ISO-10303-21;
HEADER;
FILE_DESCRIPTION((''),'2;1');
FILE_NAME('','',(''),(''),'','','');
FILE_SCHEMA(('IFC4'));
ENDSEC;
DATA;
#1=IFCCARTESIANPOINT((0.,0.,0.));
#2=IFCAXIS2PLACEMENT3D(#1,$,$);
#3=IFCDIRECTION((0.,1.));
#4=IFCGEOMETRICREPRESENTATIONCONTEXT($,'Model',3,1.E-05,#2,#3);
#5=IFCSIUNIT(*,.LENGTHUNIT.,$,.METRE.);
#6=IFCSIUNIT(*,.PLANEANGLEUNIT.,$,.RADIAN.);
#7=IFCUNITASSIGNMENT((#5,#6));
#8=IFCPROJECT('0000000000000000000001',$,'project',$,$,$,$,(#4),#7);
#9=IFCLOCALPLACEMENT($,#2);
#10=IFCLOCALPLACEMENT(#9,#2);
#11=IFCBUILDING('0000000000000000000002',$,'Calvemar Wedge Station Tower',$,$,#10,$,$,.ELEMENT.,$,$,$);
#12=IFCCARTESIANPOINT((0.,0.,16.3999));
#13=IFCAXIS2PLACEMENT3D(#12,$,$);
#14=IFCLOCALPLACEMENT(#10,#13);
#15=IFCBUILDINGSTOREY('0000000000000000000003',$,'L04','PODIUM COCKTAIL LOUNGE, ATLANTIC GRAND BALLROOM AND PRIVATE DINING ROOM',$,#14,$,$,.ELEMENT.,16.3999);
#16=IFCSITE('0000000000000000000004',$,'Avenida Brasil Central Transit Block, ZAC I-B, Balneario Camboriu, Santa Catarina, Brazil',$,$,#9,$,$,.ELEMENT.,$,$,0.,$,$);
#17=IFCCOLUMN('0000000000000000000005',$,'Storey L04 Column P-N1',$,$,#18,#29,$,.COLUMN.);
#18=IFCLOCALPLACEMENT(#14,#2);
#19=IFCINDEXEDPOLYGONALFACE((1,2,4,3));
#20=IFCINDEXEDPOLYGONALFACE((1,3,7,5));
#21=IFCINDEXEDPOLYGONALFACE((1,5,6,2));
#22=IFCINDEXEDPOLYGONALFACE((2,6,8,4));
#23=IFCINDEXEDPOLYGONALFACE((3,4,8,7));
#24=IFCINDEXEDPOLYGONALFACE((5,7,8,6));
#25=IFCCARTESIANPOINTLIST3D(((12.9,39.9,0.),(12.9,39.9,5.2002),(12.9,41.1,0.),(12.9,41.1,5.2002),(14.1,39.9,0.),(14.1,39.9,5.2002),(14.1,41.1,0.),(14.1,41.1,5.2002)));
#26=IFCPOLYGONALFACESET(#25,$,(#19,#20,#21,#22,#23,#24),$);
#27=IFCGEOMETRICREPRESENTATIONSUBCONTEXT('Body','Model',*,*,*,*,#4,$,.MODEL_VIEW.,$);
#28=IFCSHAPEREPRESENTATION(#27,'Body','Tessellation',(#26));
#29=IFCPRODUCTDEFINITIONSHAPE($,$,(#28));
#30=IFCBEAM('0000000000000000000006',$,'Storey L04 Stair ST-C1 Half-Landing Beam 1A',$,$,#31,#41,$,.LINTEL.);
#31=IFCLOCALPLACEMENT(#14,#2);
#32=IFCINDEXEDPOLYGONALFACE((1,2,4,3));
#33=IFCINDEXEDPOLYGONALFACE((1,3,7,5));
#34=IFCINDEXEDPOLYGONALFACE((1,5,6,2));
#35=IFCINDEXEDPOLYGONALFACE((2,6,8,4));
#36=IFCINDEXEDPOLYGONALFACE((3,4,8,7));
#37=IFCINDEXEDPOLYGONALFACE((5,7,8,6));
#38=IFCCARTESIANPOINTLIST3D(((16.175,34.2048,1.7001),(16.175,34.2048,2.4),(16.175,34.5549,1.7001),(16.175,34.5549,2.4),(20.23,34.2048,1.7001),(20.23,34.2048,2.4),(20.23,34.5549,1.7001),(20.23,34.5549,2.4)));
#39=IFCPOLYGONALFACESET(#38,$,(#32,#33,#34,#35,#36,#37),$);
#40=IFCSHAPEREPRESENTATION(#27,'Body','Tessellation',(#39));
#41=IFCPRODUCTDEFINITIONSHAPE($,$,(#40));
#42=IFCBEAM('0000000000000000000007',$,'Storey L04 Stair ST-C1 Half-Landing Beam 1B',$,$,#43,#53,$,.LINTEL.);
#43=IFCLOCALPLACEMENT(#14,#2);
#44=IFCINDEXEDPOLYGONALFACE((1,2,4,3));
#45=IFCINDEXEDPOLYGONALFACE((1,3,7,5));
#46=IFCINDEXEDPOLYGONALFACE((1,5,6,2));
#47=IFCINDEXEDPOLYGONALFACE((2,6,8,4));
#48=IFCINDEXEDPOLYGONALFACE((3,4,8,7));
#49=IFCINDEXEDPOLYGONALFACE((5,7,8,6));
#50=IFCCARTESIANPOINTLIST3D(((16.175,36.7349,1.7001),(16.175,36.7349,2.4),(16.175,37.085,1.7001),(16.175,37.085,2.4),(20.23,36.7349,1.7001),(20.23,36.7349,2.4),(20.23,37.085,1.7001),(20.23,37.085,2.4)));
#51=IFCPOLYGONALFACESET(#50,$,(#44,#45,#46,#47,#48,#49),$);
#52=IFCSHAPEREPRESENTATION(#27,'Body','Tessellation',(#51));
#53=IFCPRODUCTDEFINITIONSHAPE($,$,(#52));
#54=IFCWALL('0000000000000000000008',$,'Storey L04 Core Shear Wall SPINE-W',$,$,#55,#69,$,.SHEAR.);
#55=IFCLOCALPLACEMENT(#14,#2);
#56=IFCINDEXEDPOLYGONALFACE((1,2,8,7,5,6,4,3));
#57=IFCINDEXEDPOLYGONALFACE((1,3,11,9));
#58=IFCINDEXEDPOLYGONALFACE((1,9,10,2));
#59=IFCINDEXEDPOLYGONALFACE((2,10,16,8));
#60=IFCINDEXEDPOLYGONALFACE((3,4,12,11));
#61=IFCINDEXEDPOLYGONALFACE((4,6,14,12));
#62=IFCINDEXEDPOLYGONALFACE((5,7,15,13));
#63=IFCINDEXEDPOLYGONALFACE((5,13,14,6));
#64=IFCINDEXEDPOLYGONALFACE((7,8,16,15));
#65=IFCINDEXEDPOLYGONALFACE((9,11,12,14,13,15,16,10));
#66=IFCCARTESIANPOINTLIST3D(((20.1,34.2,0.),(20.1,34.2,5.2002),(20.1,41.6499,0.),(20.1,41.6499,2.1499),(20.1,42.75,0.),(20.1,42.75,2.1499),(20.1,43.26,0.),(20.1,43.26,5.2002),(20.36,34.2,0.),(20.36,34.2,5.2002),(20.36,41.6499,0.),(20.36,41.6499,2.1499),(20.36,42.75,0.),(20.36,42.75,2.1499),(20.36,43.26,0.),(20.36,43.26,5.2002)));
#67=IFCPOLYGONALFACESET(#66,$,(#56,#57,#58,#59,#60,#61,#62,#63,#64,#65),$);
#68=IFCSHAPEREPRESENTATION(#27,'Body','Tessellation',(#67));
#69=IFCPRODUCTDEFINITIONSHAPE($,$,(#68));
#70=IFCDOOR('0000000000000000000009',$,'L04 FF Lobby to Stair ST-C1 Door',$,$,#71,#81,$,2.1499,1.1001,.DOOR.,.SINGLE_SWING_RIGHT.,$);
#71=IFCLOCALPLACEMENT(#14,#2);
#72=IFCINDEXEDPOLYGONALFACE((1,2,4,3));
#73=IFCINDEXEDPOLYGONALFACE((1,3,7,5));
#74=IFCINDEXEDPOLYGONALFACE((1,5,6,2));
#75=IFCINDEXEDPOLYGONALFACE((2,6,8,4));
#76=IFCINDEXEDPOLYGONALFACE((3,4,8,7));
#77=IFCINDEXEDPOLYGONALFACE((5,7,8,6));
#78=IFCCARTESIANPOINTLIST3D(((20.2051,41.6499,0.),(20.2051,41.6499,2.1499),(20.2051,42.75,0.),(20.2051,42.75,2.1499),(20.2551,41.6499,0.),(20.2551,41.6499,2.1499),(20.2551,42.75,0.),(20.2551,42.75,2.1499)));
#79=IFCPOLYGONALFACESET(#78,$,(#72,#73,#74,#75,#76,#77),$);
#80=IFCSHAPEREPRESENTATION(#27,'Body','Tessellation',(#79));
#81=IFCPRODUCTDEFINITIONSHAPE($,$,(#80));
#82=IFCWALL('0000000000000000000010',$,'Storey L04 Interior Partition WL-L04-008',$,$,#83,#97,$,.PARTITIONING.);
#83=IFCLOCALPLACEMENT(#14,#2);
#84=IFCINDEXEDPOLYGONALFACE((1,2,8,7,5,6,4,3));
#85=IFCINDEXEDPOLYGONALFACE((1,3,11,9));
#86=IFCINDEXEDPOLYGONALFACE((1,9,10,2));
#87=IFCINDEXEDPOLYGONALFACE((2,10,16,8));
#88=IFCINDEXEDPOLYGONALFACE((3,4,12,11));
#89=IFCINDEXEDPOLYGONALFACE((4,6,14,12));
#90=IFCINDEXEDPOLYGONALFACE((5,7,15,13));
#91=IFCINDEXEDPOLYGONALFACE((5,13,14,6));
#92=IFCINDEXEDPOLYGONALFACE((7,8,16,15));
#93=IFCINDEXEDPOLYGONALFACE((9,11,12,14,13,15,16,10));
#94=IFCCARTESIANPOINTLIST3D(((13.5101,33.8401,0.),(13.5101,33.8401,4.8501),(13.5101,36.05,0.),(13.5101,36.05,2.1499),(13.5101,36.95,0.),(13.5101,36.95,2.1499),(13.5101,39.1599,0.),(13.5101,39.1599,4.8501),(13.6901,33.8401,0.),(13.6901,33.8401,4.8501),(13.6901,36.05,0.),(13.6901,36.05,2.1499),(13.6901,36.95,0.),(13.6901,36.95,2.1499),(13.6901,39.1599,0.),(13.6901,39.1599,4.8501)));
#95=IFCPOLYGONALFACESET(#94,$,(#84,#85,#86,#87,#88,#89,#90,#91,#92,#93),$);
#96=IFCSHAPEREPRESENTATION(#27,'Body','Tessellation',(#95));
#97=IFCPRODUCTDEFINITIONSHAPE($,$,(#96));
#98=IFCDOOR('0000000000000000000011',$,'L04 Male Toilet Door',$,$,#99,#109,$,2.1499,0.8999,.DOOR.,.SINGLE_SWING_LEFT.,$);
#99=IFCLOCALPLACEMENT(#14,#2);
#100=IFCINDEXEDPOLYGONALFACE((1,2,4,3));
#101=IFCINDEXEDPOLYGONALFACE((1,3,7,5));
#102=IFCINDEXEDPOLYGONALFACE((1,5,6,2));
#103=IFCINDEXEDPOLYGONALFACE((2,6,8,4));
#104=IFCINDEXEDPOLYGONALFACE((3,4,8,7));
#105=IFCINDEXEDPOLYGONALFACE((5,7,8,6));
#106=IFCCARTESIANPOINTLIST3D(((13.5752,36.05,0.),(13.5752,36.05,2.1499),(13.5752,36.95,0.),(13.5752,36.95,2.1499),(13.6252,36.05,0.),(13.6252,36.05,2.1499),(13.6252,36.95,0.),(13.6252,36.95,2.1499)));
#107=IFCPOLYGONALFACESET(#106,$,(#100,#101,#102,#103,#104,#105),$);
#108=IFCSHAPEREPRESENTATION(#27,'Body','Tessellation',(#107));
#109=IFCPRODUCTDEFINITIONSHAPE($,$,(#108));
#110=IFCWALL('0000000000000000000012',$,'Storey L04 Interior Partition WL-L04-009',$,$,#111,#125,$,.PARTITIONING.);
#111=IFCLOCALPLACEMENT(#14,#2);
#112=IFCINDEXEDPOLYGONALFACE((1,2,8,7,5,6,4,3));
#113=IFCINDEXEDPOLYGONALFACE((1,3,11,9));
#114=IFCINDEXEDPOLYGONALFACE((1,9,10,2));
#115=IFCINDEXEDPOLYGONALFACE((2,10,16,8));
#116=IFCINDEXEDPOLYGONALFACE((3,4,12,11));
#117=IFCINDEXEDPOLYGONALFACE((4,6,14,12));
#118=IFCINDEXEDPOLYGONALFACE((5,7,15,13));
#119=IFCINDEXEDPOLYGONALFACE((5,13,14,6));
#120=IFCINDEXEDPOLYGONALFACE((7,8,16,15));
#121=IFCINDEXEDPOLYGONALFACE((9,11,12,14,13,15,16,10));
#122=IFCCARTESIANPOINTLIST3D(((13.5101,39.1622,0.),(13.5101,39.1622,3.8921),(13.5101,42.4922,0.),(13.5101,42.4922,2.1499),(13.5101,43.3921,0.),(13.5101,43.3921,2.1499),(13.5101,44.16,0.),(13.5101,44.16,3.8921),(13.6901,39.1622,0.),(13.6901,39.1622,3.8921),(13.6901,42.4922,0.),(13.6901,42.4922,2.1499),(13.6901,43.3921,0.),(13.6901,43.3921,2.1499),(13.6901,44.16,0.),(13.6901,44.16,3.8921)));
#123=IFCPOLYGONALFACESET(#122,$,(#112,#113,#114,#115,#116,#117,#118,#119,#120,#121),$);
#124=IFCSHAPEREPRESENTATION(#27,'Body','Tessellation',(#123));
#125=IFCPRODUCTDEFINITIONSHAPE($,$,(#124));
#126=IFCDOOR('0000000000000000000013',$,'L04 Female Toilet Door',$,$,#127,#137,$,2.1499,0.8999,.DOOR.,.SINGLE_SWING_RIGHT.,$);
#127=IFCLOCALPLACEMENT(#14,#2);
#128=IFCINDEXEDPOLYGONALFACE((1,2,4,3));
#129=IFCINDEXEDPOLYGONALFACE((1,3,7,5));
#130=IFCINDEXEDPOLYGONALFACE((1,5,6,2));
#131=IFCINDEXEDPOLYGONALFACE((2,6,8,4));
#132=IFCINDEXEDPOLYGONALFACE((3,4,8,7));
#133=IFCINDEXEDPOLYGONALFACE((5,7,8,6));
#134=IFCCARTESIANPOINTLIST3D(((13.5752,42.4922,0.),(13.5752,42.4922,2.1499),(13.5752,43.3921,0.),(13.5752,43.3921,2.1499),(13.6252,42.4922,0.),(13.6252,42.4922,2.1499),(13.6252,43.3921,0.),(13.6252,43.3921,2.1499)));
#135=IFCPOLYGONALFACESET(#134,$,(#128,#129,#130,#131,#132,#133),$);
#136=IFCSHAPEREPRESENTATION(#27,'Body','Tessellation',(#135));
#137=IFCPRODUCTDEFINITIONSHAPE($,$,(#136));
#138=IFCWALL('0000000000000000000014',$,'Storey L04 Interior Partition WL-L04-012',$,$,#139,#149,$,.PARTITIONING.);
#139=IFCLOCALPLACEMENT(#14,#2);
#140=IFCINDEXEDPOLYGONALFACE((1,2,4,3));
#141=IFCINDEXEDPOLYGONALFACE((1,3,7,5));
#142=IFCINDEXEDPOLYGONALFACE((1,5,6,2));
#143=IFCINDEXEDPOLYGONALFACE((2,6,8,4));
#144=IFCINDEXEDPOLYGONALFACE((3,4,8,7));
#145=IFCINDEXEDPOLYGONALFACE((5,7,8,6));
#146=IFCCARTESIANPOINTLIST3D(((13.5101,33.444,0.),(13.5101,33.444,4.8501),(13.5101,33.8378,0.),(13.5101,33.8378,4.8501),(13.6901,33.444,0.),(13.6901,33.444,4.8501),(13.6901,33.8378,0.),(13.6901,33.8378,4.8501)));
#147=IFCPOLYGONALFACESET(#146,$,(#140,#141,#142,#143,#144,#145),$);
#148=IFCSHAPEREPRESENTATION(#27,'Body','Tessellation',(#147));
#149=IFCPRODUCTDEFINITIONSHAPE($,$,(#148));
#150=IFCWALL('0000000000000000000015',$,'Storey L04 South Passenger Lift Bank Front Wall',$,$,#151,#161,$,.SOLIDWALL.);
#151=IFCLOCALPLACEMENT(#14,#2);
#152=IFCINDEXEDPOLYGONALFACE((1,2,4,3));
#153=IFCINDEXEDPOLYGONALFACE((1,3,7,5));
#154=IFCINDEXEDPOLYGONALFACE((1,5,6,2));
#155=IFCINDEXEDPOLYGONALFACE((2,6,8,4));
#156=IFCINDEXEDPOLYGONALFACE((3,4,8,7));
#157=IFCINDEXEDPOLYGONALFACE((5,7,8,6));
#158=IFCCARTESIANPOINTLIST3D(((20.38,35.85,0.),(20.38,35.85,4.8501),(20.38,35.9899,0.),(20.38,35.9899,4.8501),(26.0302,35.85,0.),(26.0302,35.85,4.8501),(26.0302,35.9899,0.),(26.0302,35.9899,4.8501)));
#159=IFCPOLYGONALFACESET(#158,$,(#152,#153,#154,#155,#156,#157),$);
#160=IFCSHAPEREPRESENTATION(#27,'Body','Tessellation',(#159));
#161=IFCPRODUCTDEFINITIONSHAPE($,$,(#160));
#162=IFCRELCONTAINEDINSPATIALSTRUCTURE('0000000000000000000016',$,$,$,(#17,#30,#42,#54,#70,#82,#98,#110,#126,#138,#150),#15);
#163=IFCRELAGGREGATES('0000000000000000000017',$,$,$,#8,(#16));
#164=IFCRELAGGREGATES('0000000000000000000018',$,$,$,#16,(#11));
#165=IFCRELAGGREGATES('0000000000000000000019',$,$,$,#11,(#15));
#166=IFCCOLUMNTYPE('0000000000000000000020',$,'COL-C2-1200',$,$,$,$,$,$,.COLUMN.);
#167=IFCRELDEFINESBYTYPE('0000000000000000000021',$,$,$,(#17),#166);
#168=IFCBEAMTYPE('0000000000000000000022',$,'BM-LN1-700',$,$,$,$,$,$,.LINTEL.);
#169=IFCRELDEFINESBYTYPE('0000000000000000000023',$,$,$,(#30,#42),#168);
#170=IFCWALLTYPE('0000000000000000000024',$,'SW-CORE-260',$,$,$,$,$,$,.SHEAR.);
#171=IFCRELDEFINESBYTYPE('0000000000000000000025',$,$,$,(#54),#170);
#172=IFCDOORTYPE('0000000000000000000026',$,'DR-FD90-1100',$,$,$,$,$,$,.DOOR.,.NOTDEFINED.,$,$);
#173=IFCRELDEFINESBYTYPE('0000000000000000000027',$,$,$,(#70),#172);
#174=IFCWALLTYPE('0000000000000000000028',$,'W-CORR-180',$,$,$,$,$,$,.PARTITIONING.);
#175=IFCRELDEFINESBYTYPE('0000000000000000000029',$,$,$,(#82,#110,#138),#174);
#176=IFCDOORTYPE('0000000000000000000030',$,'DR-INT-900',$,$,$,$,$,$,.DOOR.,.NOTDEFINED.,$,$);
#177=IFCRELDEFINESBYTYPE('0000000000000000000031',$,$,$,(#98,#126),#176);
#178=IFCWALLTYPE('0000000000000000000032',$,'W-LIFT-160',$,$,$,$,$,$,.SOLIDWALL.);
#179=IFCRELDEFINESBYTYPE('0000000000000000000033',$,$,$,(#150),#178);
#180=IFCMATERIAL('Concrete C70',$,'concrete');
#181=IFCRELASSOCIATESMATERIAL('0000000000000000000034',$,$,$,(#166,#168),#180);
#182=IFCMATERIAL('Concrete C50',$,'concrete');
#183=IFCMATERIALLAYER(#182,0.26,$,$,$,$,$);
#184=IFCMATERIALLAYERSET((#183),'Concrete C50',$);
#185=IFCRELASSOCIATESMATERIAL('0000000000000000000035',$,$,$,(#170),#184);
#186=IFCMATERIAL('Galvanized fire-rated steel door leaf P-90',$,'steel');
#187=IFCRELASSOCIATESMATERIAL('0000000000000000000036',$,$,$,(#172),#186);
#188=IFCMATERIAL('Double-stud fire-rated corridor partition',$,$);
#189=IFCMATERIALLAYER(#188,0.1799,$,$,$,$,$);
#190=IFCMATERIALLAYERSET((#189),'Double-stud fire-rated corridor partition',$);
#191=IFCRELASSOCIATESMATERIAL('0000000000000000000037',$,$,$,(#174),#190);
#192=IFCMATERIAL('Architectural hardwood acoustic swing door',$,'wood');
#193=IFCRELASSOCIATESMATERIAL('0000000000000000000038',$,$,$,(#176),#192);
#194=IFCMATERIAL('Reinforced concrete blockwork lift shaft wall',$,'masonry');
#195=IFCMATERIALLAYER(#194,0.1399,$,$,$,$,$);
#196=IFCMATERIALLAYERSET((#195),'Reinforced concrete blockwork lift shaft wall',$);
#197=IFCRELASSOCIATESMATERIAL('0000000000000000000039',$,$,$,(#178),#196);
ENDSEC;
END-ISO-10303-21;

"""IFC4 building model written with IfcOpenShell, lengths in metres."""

from ifc_helpers import new_model, si_unit, direction, frame, frame_2d, origin, origin_2d, place, context, subcontext, project, spatial, rectangle, extrude, source, transform, mapped, material, layer, layer_set, material_profile, profile_set, type_object, element, fill, save


model = new_model("IFC4")

# Units and contexts
model_context = context("Model", 3, precision=1e-05, world=origin(), true_north=direction((0.0, 1.0)))
body_context = subcontext(model_context, "Body", "Model", "MODEL_VIEW")
ifc_project = project(units=[si_unit("LENGTHUNIT", "METRE"), si_unit("PLANEANGLEUNIT", "RADIAN")], contexts=[model_context])

# Site, building, storey
site_placement = place(None, origin())
site = spatial("IfcSite", under=ifc_project, at=site_placement, Name="Avenida Brasil Central Transit Block, ZAC I-B, Balneario Camboriu, Santa Catarina, Brazil", CompositionType="ELEMENT", RefElevation=0.0)
building_placement = place(site_placement, origin())
building = spatial("IfcBuilding", under=site, at=building_placement, Name="Calvemar Wedge Station Tower", CompositionType="ELEMENT")
storey_placement = place(building_placement, frame((0.0, 0.0, 16.3999)))
storey = spatial("IfcBuildingStorey", under=building, at=storey_placement, Name="L04", Description="PODIUM COCKTAIL LOUNGE, ATLANTIC GRAND BALLROOM AND PRIVATE DINING ROOM", CompositionType="ELEMENT", Elevation=16.3999)

# Column
ifc_material_1 = material(Name="Concrete C70", Category="concrete")
ifc_material_profile_1 = material_profile(ifc_material_1, rectangle(XDim=1.2, YDim=1.2, at=origin_2d()), Name="RC1200x1200")
ifc_profile_set_1 = profile_set([ifc_material_profile_1], Name="Concrete C70")
column_type = type_object("IfcColumnType", Name="COL-C2-1200", PredefinedType="COLUMN", material=ifc_profile_set_1)
shared_shape_1 = source(origin(), body_context, "Body", "SweptSolid", [
    extrude(rectangle(XDim=1.2, YDim=1.2, at=origin_2d()), origin(), (0.0, 0.0, 1.0), 5.2002),
])
column_placement = place(storey_placement, frame((13.5, 40.5, 0.0), z_axis=(0.0, 0.0, 1.0), x_axis=(1.0, 0.0, 0.0)))
element("IfcColumn", 1, at=column_placement, inside=storey, type_object=column_type, Name="Storey L04 Column P-N1", PredefinedType="COLUMN", context=body_context, shape_type="MappedRepresentation", body=[
    mapped(shared_shape_1, transform((0.0, 0.0, 0.0), scale=1.0)),
])

# Beams
ifc_material_profile_2 = material_profile(ifc_material_1, rectangle(XDim=0.3501, YDim=0.7, at=origin_2d()), Name="RC350x700")
ifc_profile_set_2 = profile_set([ifc_material_profile_2], Name="Concrete C70")
beam_type = type_object("IfcBeamType", Name="BM-LN1-700", PredefinedType="LINTEL", material=ifc_profile_set_2)
shared_shape_2 = source(origin(), body_context, "Body", "SweptSolid", [
    extrude(rectangle(XDim=0.3501, YDim=0.7, at=origin_2d()), origin(), (0.0, 0.0, 1.0), 4.0549),
])
for number, where, z_axis, x_axis, name in (
    (2, (16.175, 34.3799, 2.05), (1.0, 0.0, 0.0), (0.0, 1.0, 0.0), "Storey L04 Stair ST-C1 Half-Landing Beam 1A"),
    (3, (16.175, 36.9099, 2.05), (1.0, 0.0, 0.0), (0.0, 1.0, 0.0), "Storey L04 Stair ST-C1 Half-Landing Beam 1B"),
):
    element("IfcBeam", number, at=place(storey_placement, frame(where, z_axis=z_axis, x_axis=x_axis)), inside=storey, type_object=beam_type, Name=name, PredefinedType="LINTEL", context=body_context, shape_type="MappedRepresentation", body=[
        mapped(shared_shape_2, transform((0.0, 0.0, 0.0), scale=1.0)),
    ])

# Walls, openings, doors
ifc_material_2 = material(Name="Concrete C50", Category="concrete")
ifc_layer_1 = layer(ifc_material_2, 0.26)
ifc_layer_set_1 = layer_set([ifc_layer_1], Name="Concrete C50")
wall_type_1 = type_object("IfcWallType", Name="SW-CORE-260", PredefinedType="SHEAR", material=ifc_layer_set_1)
wall_1_placement = place(storey_placement, frame((20.23, 34.2, 0.0), z_axis=(0.0, 0.0, 1.0), x_axis=(0.0, 1.0, 0.0)))
wall_1 = element("IfcWall", 4, at=wall_1_placement, inside=storey, type_object=wall_type_1, Name="Storey L04 Core Shear Wall SPINE-W", PredefinedType="SHEAR", context=body_context, shape_type="SweptSolid", body=[
    extrude(rectangle(XDim=9.0601, YDim=0.26, at=frame_2d((4.53, 0.0))), origin(), (0.0, 0.0, 1.0), 5.2002),
])
shared_shape_3 = source(origin(), body_context, "Body", "SweptSolid", [
    extrude(rectangle(XDim=1.1001, YDim=2.1499, at=frame_2d((0.55, 1.075))), frame((0.0, 0.1401, 0.0), z_axis=(0.0, -1.0, 0.0), x_axis=(1.0, 0.0, 0.0)), (0.0, 0.0, 1.0), 0.28),
])
opening_1_placement = place(wall_1_placement, frame((7.45, 0.0, 0.0)))
opening_1 = element("IfcOpeningElement", 5, at=opening_1_placement, cuts=wall_1, PredefinedType="OPENING", context=body_context, shape_type="MappedRepresentation", body=[
    mapped(shared_shape_3, transform((0.0, 0.0, 0.0), scale=1.0)),
])
ifc_material_3 = material(Name="Galvanized fire-rated steel door leaf P-90", Category="steel")
door_type_1 = type_object("IfcDoorType", Name="DR-FD90-1100", OperationType="NOTDEFINED", PredefinedType="DOOR", material=ifc_material_3)
shared_shape_4 = source(origin(), body_context, "Body", "SweptSolid", [
    extrude(rectangle(XDim=1.1001, YDim=2.1499, at=frame_2d((0.55, 1.075))), frame((0.0, 0.0249, 0.0), z_axis=(0.0, -1.0, 0.0), x_axis=(1.0, 0.0, 0.0)), (0.0, 0.0, 1.0), 0.05),
])
door_1_placement = place(opening_1_placement, origin())
door_1 = element("IfcDoor", 6, at=door_1_placement, inside=storey, type_object=door_type_1, Name="L04 FF Lobby to Stair ST-C1 Door", OperationType="SINGLE_SWING_RIGHT", OverallHeight=2.1499, OverallWidth=1.1001, PredefinedType="DOOR", context=body_context, shape_type="MappedRepresentation", body=[
    mapped(shared_shape_4, transform((0.0, 0.0, 0.0), scale=1.0)),
])
fill(opening_1, door_1)
ifc_material_4 = material(Name="Double-stud fire-rated corridor partition")
ifc_layer_2 = layer(ifc_material_4, 0.1799)
ifc_layer_set_2 = layer_set([ifc_layer_2], Name="Double-stud fire-rated corridor partition")
wall_type_2 = type_object("IfcWallType", Name="W-CORR-180", PredefinedType="PARTITIONING", material=ifc_layer_set_2)
wall_2_placement = place(storey_placement, frame((13.6001, 33.8401, 0.0), z_axis=(0.0, 0.0, 1.0), x_axis=(0.0, 1.0, 0.0)))
wall_2 = element("IfcWall", 7, at=wall_2_placement, inside=storey, type_object=wall_type_2, Name="Storey L04 Interior Partition WL-L04-008", PredefinedType="PARTITIONING", context=body_context, shape_type="SweptSolid", body=[
    extrude(rectangle(XDim=5.3198, YDim=0.1799, at=frame_2d((2.6599, 0.0))), origin(), (0.0, 0.0, 1.0), 4.8501),
])
shared_shape_5 = source(origin(), body_context, "Body", "SweptSolid", [
    extrude(rectangle(XDim=0.8999, YDim=2.1499, at=frame_2d((0.45, 1.075))), frame((0.0, 0.1001, 0.0), z_axis=(0.0, -1.0, 0.0), x_axis=(1.0, 0.0, 0.0)), (0.0, 0.0, 1.0), 0.2),
])
opening_2_placement = place(wall_2_placement, frame((2.21, 0.0, 0.0)))
opening_2 = element("IfcOpeningElement", 8, at=opening_2_placement, cuts=wall_2, PredefinedType="OPENING", context=body_context, shape_type="MappedRepresentation", body=[
    mapped(shared_shape_5, transform((0.0, 0.0, 0.0), scale=1.0)),
])
ifc_material_5 = material(Name="Architectural hardwood acoustic swing door", Category="wood")
door_type_2 = type_object("IfcDoorType", Name="DR-INT-900", OperationType="NOTDEFINED", PredefinedType="DOOR", material=ifc_material_5)
shared_shape_6 = source(origin(), body_context, "Body", "SweptSolid", [
    extrude(rectangle(XDim=0.8999, YDim=2.1499, at=frame_2d((0.45, 1.075))), frame((0.0, 0.0249, 0.0), z_axis=(0.0, -1.0, 0.0), x_axis=(1.0, 0.0, 0.0)), (0.0, 0.0, 1.0), 0.05),
])
door_2_placement = place(opening_2_placement, origin())
door_2 = element("IfcDoor", 9, at=door_2_placement, inside=storey, type_object=door_type_2, Name="L04 Male Toilet Door", OperationType="SINGLE_SWING_LEFT", OverallHeight=2.1499, OverallWidth=0.8999, PredefinedType="DOOR", context=body_context, shape_type="MappedRepresentation", body=[
    mapped(shared_shape_6, transform((0.0, 0.0, 0.0), scale=1.0)),
])
fill(opening_2, door_2)
wall_3_placement = place(storey_placement, frame((13.6001, 39.1621, 0.0), z_axis=(0.0, 0.0, 1.0), x_axis=(0.0, 1.0, 0.0)))
wall_3 = element("IfcWall", 10, at=wall_3_placement, inside=storey, type_object=wall_type_2, Name="Storey L04 Interior Partition WL-L04-009", PredefinedType="PARTITIONING", context=body_context, shape_type="SweptSolid", body=[
    extrude(rectangle(XDim=4.9978, YDim=0.1799, at=frame_2d((2.499, 0.0))), origin(), (0.0, 0.0, 1.0), 3.8921),
])
opening_3_placement = place(wall_3_placement, frame((3.3301, 0.0, 0.0)))
opening_3 = element("IfcOpeningElement", 11, at=opening_3_placement, cuts=wall_3, PredefinedType="OPENING", context=body_context, shape_type="MappedRepresentation", body=[
    mapped(shared_shape_5, transform((0.0, 0.0, 0.0), scale=1.0)),
])
door_3_placement = place(opening_3_placement, origin())
door_3 = element("IfcDoor", 12, at=door_3_placement, inside=storey, type_object=door_type_2, Name="L04 Female Toilet Door", OperationType="SINGLE_SWING_RIGHT", OverallHeight=2.1499, OverallWidth=0.8999, PredefinedType="DOOR", context=body_context, shape_type="MappedRepresentation", body=[
    mapped(shared_shape_6, transform((0.0, 0.0, 0.0), scale=1.0)),
])
fill(opening_3, door_3)

# Walls
wall_4_placement = place(storey_placement, frame((13.6001, 33.4441, 0.0), z_axis=(0.0, 0.0, 1.0), x_axis=(0.0, 1.0, 0.0)))
element("IfcWall", 13, at=wall_4_placement, inside=storey, type_object=wall_type_2, Name="Storey L04 Interior Partition WL-L04-012", PredefinedType="PARTITIONING", context=body_context, shape_type="SweptSolid", body=[
    extrude(rectangle(XDim=0.3938, YDim=0.1799, at=frame_2d((0.1968, 0.0))), origin(), (0.0, 0.0, 1.0), 4.8501),
])
ifc_material_6 = material(Name="Reinforced concrete blockwork lift shaft wall", Category="masonry")
ifc_layer_3 = layer(ifc_material_6, 0.1399)
ifc_layer_set_3 = layer_set([ifc_layer_3], Name="Reinforced concrete blockwork lift shaft wall")
wall_type_3 = type_object("IfcWallType", Name="W-LIFT-160", PredefinedType="SOLIDWALL", material=ifc_layer_set_3)
wall_5_placement = place(storey_placement, frame((20.3799, 35.9199, 0.0), z_axis=(0.0, 0.0, 1.0), x_axis=(1.0, 0.0, 0.0)))
element("IfcWall", 14, at=wall_5_placement, inside=storey, type_object=wall_type_3, Name="Storey L04 South Passenger Lift Bank Front Wall", PredefinedType="SOLIDWALL", context=body_context, shape_type="SweptSolid", body=[
    extrude(rectangle(XDim=5.6501, YDim=0.1399, at=frame_2d((2.8252, 0.0))), origin(), (0.0, 0.0, 1.0), 4.8501),
])

save(model, "model.ifc")
